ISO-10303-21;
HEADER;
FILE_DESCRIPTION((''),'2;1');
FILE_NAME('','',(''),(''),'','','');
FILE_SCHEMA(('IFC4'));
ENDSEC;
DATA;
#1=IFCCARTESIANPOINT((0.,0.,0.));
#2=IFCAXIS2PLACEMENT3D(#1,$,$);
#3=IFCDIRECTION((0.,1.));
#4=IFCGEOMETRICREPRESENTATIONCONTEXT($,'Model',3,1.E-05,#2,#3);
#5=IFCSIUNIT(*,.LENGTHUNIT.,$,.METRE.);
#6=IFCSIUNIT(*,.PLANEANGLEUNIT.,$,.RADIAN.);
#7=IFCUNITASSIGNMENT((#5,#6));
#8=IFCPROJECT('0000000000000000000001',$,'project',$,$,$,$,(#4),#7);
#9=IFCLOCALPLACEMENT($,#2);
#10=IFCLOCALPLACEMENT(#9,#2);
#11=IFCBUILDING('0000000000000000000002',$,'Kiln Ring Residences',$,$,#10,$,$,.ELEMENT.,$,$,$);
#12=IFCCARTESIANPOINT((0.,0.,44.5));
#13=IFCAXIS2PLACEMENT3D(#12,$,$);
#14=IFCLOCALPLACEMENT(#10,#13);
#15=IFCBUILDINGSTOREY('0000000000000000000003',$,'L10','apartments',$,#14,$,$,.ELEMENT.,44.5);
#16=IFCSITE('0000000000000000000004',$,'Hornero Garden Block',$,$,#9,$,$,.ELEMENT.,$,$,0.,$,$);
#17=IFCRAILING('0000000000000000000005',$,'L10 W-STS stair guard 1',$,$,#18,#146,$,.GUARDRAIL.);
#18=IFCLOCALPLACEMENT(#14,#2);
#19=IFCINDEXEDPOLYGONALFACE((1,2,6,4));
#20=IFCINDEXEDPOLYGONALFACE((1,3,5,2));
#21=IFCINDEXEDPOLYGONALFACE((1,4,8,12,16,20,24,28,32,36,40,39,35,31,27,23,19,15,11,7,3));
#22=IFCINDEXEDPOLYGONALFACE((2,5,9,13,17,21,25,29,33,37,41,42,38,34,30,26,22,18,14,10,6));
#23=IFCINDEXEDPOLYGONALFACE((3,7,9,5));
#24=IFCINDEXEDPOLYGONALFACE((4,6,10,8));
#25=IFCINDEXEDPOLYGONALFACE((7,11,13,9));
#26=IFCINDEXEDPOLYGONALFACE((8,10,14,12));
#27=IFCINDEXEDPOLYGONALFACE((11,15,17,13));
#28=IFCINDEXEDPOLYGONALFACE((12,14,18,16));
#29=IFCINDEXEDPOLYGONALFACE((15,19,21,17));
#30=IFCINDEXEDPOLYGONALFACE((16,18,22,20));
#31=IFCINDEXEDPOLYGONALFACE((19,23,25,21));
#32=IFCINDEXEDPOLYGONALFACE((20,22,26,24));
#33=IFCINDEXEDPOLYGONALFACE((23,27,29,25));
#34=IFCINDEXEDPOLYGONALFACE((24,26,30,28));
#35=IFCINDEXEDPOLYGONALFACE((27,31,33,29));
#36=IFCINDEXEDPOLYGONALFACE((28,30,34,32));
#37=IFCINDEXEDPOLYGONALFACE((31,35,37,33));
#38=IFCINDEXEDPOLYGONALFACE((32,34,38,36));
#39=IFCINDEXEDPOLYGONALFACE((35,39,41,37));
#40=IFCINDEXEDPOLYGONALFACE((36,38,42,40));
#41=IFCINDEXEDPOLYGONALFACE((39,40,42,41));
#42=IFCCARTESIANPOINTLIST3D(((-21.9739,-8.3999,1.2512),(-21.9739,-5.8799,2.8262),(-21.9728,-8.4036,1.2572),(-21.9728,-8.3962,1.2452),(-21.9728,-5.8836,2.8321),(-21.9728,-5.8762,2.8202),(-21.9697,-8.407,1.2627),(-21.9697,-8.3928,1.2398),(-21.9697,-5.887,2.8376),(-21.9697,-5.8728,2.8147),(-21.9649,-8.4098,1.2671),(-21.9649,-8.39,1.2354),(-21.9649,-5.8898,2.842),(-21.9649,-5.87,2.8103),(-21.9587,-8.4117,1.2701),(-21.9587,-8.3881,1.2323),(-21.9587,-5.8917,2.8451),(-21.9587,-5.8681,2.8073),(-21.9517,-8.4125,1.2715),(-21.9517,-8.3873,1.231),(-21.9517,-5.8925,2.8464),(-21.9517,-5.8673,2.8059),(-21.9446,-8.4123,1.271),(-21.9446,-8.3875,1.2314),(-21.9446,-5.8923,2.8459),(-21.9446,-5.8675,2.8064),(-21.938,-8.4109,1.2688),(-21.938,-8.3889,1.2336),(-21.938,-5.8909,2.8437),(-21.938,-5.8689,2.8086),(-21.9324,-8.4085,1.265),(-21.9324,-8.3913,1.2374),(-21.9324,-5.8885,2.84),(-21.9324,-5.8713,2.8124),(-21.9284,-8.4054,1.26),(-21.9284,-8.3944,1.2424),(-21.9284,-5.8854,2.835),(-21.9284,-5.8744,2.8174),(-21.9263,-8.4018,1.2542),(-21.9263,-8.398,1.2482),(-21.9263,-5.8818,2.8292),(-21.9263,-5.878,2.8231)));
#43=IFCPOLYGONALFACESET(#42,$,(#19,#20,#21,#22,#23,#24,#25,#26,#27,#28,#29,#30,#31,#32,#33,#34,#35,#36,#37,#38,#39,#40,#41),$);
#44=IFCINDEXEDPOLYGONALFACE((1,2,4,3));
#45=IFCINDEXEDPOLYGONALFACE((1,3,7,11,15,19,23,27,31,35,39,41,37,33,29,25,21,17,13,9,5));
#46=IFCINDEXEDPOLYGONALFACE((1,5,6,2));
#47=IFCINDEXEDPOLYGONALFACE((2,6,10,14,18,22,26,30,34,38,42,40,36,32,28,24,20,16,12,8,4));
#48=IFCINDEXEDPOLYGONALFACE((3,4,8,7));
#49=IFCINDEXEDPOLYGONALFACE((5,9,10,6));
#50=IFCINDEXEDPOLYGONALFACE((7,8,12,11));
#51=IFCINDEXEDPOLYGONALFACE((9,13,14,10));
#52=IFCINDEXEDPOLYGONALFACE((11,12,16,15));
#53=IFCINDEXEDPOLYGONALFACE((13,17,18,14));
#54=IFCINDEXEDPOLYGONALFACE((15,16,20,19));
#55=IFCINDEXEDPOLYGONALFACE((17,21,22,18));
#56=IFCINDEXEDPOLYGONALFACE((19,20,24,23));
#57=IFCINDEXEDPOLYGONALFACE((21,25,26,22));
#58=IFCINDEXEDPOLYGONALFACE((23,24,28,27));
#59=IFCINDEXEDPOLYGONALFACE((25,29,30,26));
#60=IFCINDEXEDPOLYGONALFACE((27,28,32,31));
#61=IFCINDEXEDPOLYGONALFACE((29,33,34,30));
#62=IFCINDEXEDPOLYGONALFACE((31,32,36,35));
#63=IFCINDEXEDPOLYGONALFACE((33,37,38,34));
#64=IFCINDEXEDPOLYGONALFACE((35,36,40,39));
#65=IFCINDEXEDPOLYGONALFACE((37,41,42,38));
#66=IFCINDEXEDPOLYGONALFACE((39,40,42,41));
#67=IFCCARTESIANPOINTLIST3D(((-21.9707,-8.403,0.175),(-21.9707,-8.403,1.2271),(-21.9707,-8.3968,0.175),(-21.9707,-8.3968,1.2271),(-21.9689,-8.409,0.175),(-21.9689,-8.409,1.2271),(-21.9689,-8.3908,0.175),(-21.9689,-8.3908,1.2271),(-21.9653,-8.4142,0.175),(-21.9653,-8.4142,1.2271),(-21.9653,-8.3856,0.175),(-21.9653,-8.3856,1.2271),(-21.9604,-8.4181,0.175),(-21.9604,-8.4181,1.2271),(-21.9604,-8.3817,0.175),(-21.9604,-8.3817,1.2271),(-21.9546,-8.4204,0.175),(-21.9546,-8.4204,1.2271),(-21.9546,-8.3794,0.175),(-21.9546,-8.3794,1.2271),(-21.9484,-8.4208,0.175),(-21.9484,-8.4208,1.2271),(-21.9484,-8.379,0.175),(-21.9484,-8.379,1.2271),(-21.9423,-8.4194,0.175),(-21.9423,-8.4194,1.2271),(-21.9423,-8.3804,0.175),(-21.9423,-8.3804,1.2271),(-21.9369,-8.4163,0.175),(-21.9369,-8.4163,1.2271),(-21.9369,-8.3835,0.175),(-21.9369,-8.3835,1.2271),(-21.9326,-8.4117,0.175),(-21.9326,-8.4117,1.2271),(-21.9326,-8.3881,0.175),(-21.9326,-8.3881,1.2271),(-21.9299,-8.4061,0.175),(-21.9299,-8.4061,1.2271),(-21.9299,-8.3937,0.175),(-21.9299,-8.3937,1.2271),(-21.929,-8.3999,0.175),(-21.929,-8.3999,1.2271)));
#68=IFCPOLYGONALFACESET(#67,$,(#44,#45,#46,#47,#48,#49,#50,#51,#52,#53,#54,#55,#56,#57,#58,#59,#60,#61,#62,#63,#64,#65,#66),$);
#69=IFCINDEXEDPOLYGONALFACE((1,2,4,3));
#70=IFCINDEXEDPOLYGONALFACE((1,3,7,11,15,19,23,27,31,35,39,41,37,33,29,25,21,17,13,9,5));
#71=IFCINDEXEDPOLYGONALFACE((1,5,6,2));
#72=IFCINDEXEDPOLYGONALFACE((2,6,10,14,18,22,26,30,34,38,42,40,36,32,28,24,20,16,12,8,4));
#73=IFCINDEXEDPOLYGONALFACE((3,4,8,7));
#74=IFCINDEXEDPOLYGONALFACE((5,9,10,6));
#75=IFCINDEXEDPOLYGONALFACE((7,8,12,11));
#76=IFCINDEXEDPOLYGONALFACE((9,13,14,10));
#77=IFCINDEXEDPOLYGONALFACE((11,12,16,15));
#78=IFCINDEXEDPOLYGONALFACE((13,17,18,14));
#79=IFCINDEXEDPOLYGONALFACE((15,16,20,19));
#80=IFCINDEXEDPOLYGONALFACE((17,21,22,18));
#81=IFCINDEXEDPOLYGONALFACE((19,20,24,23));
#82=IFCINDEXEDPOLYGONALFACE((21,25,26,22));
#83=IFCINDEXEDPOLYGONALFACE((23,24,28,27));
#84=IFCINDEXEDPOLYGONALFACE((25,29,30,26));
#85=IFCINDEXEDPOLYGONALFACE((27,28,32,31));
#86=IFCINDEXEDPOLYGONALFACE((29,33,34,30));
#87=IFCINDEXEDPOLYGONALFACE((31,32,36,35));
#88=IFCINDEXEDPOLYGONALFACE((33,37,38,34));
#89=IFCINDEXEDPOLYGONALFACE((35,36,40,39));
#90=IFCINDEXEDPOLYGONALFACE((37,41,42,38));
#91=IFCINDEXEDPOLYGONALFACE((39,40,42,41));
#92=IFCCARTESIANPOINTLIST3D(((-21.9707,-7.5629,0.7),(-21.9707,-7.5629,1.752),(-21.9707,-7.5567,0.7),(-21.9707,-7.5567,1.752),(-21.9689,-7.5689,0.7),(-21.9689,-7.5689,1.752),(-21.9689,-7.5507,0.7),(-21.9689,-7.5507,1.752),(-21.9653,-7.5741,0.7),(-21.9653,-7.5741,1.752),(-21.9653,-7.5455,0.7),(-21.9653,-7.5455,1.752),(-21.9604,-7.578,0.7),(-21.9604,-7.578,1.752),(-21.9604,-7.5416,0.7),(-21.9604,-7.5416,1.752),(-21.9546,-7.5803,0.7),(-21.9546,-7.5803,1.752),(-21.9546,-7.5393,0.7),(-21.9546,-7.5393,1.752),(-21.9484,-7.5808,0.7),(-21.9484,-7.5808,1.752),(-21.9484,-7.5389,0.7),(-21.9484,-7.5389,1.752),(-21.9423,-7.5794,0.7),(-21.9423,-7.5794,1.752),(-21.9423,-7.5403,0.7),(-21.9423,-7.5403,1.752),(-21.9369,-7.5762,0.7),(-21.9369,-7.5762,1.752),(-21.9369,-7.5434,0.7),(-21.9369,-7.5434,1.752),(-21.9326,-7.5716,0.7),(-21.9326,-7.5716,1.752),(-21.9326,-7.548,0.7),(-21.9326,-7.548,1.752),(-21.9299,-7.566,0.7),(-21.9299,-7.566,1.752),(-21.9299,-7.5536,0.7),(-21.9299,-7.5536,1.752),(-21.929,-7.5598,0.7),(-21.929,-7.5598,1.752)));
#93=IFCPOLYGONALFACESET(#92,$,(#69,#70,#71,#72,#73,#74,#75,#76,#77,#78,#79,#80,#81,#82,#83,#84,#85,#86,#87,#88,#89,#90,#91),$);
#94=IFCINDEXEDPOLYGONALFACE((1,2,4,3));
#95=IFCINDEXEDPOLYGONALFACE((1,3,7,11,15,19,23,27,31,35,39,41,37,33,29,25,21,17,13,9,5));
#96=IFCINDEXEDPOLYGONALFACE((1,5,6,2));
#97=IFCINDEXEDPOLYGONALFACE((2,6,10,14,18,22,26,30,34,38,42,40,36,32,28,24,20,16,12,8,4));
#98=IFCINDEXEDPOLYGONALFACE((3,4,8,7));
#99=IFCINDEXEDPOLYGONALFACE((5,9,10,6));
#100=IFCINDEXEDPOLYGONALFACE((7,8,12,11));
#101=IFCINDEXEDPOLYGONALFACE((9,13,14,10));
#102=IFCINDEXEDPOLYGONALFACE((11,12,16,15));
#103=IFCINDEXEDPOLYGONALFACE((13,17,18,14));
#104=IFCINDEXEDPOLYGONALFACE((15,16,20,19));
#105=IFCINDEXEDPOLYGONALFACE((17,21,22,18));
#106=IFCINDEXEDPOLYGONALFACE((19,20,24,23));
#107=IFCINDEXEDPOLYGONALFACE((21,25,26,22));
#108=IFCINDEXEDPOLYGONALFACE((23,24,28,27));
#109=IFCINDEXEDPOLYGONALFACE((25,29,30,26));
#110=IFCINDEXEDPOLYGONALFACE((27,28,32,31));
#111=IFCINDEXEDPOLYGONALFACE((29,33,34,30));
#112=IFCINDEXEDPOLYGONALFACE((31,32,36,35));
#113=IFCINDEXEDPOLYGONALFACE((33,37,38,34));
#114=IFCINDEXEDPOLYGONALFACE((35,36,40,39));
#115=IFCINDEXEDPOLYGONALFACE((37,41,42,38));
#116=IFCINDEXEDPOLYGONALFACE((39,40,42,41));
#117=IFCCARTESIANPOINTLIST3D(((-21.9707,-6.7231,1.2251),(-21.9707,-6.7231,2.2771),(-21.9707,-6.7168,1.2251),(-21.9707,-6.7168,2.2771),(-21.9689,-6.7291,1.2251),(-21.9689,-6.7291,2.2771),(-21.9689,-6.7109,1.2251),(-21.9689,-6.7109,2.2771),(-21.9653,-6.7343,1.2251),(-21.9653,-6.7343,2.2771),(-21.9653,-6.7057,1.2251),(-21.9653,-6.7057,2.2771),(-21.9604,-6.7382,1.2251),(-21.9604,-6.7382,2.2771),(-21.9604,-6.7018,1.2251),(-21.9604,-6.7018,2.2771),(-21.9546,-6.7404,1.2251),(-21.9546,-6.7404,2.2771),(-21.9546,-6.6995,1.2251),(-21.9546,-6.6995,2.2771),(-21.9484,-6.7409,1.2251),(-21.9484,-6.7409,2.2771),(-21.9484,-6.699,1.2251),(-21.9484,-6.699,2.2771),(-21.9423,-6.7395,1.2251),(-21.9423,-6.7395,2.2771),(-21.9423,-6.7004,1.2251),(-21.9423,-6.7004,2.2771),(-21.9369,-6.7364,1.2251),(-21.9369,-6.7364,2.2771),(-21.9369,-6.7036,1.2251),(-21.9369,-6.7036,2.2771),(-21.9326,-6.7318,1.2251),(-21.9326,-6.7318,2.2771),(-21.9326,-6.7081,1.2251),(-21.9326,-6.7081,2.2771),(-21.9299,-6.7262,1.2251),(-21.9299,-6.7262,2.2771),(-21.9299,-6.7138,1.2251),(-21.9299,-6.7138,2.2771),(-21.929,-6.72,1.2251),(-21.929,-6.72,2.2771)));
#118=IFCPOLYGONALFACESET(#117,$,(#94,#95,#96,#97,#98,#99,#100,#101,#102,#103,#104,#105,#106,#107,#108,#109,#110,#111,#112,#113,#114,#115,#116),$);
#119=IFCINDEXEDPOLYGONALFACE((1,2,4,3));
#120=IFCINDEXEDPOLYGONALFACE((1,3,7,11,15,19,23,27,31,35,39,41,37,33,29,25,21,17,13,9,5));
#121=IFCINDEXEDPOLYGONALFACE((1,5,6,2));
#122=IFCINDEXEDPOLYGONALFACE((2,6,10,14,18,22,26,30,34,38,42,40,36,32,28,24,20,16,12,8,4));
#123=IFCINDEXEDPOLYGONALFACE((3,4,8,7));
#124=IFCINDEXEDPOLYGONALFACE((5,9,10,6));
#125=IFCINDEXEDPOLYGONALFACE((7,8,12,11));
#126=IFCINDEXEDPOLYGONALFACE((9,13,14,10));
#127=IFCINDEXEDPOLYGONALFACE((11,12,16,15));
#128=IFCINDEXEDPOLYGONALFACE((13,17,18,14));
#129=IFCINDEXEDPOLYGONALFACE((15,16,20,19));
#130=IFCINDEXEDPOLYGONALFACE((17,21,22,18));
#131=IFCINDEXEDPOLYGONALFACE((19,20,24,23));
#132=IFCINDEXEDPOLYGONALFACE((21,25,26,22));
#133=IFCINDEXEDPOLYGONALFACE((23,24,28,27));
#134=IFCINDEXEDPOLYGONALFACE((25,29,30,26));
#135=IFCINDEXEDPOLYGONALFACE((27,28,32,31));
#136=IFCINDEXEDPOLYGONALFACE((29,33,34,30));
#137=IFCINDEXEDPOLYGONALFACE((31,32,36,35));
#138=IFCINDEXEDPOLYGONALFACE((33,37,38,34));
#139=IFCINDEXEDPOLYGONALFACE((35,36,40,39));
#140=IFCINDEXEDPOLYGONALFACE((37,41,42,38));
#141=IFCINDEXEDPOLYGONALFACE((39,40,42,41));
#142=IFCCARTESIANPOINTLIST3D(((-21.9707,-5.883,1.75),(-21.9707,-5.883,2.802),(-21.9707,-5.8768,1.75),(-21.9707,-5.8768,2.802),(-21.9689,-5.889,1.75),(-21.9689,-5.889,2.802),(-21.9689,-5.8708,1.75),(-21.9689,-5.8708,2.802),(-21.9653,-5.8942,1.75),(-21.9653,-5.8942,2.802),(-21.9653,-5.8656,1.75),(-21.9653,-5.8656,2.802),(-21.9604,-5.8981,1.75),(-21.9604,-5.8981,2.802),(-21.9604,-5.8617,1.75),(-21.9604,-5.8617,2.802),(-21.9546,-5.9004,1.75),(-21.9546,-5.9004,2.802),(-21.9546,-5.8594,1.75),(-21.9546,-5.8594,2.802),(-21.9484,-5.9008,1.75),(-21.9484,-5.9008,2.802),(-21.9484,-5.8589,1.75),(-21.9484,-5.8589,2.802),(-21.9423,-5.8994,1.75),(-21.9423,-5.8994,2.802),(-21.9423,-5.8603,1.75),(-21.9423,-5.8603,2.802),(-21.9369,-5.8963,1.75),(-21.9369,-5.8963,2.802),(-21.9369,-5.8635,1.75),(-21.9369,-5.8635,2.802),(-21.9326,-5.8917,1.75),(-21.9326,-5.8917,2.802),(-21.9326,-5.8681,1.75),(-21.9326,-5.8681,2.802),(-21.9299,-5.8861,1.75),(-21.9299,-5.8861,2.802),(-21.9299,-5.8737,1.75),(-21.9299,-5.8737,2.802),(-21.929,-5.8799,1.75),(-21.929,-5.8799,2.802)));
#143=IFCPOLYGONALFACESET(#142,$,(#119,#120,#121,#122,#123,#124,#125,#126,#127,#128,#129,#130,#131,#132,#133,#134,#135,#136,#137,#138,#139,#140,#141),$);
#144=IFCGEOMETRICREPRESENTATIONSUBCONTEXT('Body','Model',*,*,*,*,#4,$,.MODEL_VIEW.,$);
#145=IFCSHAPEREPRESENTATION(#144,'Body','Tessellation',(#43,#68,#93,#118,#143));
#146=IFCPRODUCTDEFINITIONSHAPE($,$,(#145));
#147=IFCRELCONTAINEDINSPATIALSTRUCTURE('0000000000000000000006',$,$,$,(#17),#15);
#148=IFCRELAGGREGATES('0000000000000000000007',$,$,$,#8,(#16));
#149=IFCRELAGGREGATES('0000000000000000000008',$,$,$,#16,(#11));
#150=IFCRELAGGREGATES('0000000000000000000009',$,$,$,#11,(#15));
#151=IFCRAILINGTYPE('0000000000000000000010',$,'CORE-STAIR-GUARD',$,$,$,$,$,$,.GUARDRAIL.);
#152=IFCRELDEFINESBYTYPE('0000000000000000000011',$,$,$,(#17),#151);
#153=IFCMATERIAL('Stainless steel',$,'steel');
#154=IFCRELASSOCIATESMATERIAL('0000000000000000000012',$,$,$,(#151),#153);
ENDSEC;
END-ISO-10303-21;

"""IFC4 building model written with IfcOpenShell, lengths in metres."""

from ifc_helpers import new_model, si_unit, direction, frame, origin, origin_2d, place, context, subcontext, project, spatial, circle, extrude, material, type_object, element, save


model = new_model("IFC4")

# Units and contexts
model_context = context("Model", 3, precision=1e-05, world=origin(), true_north=direction((0.0, 1.0)))
body_context = subcontext(model_context, "Body", "Model", "MODEL_VIEW")
ifc_project = project(units=[si_unit("LENGTHUNIT", "METRE"), si_unit("PLANEANGLEUNIT", "RADIAN")], contexts=[model_context])

# Site, building, storey
site_placement = place(None, origin())
site = spatial("IfcSite", under=ifc_project, at=site_placement, Name="Hornero Garden Block", CompositionType="ELEMENT", RefElevation=0.0)
building_placement = place(site_placement, origin())
building = spatial("IfcBuilding", under=site, at=building_placement, Name="Kiln Ring Residences", CompositionType="ELEMENT")
storey_placement = place(building_placement, frame((0.0, 0.0, 44.5)))
storey = spatial("IfcBuildingStorey", under=building, at=storey_placement, Name="L10", Description="apartments", CompositionType="ELEMENT", Elevation=44.5)

# Railing
ifc_material_1 = material(Name="Stainless steel", Category="steel")
railing_type_1 = type_object("IfcRailingType", Name="CORE-STAIR-GUARD", PredefinedType="GUARDRAIL", material=ifc_material_1)
railing_1_placement = place(storey_placement, frame((-21.95, -8.3999, 0.175)))
element("IfcRailing", 1, at=railing_1_placement, inside=storey, type_object=railing_type_1, Name="L10 W-STS stair guard 1", PredefinedType="GUARDRAIL", context=body_context, shape_type="SweptSolid", body=[
    extrude(circle(Radius=0.0239, at=origin_2d()), frame((0.0, 0.0, 1.0762), z_axis=(0.0, 0.848008, 0.529984), x_axis=(-1.0, 0.0, 0.0)), (0.0, 0.0, 1.0), 2.9717),
    extrude(circle(Radius=0.021, at=origin_2d()), origin(), (0.0, 0.0, 1.0), 1.052),
    extrude(circle(Radius=0.021, at=origin_2d()), frame((0.0, 0.8401, 0.5249)), (0.0, 0.0, 1.0), 1.052),
    extrude(circle(Radius=0.021, at=origin_2d()), frame((0.0, 1.6799, 1.05)), (0.0, 0.0, 1.0), 1.052),
    extrude(circle(Radius=0.021, at=origin_2d()), frame((0.0, 2.52, 1.575)), (0.0, 0.0, 1.0), 1.052),
])

save(model, "model.ifc")
